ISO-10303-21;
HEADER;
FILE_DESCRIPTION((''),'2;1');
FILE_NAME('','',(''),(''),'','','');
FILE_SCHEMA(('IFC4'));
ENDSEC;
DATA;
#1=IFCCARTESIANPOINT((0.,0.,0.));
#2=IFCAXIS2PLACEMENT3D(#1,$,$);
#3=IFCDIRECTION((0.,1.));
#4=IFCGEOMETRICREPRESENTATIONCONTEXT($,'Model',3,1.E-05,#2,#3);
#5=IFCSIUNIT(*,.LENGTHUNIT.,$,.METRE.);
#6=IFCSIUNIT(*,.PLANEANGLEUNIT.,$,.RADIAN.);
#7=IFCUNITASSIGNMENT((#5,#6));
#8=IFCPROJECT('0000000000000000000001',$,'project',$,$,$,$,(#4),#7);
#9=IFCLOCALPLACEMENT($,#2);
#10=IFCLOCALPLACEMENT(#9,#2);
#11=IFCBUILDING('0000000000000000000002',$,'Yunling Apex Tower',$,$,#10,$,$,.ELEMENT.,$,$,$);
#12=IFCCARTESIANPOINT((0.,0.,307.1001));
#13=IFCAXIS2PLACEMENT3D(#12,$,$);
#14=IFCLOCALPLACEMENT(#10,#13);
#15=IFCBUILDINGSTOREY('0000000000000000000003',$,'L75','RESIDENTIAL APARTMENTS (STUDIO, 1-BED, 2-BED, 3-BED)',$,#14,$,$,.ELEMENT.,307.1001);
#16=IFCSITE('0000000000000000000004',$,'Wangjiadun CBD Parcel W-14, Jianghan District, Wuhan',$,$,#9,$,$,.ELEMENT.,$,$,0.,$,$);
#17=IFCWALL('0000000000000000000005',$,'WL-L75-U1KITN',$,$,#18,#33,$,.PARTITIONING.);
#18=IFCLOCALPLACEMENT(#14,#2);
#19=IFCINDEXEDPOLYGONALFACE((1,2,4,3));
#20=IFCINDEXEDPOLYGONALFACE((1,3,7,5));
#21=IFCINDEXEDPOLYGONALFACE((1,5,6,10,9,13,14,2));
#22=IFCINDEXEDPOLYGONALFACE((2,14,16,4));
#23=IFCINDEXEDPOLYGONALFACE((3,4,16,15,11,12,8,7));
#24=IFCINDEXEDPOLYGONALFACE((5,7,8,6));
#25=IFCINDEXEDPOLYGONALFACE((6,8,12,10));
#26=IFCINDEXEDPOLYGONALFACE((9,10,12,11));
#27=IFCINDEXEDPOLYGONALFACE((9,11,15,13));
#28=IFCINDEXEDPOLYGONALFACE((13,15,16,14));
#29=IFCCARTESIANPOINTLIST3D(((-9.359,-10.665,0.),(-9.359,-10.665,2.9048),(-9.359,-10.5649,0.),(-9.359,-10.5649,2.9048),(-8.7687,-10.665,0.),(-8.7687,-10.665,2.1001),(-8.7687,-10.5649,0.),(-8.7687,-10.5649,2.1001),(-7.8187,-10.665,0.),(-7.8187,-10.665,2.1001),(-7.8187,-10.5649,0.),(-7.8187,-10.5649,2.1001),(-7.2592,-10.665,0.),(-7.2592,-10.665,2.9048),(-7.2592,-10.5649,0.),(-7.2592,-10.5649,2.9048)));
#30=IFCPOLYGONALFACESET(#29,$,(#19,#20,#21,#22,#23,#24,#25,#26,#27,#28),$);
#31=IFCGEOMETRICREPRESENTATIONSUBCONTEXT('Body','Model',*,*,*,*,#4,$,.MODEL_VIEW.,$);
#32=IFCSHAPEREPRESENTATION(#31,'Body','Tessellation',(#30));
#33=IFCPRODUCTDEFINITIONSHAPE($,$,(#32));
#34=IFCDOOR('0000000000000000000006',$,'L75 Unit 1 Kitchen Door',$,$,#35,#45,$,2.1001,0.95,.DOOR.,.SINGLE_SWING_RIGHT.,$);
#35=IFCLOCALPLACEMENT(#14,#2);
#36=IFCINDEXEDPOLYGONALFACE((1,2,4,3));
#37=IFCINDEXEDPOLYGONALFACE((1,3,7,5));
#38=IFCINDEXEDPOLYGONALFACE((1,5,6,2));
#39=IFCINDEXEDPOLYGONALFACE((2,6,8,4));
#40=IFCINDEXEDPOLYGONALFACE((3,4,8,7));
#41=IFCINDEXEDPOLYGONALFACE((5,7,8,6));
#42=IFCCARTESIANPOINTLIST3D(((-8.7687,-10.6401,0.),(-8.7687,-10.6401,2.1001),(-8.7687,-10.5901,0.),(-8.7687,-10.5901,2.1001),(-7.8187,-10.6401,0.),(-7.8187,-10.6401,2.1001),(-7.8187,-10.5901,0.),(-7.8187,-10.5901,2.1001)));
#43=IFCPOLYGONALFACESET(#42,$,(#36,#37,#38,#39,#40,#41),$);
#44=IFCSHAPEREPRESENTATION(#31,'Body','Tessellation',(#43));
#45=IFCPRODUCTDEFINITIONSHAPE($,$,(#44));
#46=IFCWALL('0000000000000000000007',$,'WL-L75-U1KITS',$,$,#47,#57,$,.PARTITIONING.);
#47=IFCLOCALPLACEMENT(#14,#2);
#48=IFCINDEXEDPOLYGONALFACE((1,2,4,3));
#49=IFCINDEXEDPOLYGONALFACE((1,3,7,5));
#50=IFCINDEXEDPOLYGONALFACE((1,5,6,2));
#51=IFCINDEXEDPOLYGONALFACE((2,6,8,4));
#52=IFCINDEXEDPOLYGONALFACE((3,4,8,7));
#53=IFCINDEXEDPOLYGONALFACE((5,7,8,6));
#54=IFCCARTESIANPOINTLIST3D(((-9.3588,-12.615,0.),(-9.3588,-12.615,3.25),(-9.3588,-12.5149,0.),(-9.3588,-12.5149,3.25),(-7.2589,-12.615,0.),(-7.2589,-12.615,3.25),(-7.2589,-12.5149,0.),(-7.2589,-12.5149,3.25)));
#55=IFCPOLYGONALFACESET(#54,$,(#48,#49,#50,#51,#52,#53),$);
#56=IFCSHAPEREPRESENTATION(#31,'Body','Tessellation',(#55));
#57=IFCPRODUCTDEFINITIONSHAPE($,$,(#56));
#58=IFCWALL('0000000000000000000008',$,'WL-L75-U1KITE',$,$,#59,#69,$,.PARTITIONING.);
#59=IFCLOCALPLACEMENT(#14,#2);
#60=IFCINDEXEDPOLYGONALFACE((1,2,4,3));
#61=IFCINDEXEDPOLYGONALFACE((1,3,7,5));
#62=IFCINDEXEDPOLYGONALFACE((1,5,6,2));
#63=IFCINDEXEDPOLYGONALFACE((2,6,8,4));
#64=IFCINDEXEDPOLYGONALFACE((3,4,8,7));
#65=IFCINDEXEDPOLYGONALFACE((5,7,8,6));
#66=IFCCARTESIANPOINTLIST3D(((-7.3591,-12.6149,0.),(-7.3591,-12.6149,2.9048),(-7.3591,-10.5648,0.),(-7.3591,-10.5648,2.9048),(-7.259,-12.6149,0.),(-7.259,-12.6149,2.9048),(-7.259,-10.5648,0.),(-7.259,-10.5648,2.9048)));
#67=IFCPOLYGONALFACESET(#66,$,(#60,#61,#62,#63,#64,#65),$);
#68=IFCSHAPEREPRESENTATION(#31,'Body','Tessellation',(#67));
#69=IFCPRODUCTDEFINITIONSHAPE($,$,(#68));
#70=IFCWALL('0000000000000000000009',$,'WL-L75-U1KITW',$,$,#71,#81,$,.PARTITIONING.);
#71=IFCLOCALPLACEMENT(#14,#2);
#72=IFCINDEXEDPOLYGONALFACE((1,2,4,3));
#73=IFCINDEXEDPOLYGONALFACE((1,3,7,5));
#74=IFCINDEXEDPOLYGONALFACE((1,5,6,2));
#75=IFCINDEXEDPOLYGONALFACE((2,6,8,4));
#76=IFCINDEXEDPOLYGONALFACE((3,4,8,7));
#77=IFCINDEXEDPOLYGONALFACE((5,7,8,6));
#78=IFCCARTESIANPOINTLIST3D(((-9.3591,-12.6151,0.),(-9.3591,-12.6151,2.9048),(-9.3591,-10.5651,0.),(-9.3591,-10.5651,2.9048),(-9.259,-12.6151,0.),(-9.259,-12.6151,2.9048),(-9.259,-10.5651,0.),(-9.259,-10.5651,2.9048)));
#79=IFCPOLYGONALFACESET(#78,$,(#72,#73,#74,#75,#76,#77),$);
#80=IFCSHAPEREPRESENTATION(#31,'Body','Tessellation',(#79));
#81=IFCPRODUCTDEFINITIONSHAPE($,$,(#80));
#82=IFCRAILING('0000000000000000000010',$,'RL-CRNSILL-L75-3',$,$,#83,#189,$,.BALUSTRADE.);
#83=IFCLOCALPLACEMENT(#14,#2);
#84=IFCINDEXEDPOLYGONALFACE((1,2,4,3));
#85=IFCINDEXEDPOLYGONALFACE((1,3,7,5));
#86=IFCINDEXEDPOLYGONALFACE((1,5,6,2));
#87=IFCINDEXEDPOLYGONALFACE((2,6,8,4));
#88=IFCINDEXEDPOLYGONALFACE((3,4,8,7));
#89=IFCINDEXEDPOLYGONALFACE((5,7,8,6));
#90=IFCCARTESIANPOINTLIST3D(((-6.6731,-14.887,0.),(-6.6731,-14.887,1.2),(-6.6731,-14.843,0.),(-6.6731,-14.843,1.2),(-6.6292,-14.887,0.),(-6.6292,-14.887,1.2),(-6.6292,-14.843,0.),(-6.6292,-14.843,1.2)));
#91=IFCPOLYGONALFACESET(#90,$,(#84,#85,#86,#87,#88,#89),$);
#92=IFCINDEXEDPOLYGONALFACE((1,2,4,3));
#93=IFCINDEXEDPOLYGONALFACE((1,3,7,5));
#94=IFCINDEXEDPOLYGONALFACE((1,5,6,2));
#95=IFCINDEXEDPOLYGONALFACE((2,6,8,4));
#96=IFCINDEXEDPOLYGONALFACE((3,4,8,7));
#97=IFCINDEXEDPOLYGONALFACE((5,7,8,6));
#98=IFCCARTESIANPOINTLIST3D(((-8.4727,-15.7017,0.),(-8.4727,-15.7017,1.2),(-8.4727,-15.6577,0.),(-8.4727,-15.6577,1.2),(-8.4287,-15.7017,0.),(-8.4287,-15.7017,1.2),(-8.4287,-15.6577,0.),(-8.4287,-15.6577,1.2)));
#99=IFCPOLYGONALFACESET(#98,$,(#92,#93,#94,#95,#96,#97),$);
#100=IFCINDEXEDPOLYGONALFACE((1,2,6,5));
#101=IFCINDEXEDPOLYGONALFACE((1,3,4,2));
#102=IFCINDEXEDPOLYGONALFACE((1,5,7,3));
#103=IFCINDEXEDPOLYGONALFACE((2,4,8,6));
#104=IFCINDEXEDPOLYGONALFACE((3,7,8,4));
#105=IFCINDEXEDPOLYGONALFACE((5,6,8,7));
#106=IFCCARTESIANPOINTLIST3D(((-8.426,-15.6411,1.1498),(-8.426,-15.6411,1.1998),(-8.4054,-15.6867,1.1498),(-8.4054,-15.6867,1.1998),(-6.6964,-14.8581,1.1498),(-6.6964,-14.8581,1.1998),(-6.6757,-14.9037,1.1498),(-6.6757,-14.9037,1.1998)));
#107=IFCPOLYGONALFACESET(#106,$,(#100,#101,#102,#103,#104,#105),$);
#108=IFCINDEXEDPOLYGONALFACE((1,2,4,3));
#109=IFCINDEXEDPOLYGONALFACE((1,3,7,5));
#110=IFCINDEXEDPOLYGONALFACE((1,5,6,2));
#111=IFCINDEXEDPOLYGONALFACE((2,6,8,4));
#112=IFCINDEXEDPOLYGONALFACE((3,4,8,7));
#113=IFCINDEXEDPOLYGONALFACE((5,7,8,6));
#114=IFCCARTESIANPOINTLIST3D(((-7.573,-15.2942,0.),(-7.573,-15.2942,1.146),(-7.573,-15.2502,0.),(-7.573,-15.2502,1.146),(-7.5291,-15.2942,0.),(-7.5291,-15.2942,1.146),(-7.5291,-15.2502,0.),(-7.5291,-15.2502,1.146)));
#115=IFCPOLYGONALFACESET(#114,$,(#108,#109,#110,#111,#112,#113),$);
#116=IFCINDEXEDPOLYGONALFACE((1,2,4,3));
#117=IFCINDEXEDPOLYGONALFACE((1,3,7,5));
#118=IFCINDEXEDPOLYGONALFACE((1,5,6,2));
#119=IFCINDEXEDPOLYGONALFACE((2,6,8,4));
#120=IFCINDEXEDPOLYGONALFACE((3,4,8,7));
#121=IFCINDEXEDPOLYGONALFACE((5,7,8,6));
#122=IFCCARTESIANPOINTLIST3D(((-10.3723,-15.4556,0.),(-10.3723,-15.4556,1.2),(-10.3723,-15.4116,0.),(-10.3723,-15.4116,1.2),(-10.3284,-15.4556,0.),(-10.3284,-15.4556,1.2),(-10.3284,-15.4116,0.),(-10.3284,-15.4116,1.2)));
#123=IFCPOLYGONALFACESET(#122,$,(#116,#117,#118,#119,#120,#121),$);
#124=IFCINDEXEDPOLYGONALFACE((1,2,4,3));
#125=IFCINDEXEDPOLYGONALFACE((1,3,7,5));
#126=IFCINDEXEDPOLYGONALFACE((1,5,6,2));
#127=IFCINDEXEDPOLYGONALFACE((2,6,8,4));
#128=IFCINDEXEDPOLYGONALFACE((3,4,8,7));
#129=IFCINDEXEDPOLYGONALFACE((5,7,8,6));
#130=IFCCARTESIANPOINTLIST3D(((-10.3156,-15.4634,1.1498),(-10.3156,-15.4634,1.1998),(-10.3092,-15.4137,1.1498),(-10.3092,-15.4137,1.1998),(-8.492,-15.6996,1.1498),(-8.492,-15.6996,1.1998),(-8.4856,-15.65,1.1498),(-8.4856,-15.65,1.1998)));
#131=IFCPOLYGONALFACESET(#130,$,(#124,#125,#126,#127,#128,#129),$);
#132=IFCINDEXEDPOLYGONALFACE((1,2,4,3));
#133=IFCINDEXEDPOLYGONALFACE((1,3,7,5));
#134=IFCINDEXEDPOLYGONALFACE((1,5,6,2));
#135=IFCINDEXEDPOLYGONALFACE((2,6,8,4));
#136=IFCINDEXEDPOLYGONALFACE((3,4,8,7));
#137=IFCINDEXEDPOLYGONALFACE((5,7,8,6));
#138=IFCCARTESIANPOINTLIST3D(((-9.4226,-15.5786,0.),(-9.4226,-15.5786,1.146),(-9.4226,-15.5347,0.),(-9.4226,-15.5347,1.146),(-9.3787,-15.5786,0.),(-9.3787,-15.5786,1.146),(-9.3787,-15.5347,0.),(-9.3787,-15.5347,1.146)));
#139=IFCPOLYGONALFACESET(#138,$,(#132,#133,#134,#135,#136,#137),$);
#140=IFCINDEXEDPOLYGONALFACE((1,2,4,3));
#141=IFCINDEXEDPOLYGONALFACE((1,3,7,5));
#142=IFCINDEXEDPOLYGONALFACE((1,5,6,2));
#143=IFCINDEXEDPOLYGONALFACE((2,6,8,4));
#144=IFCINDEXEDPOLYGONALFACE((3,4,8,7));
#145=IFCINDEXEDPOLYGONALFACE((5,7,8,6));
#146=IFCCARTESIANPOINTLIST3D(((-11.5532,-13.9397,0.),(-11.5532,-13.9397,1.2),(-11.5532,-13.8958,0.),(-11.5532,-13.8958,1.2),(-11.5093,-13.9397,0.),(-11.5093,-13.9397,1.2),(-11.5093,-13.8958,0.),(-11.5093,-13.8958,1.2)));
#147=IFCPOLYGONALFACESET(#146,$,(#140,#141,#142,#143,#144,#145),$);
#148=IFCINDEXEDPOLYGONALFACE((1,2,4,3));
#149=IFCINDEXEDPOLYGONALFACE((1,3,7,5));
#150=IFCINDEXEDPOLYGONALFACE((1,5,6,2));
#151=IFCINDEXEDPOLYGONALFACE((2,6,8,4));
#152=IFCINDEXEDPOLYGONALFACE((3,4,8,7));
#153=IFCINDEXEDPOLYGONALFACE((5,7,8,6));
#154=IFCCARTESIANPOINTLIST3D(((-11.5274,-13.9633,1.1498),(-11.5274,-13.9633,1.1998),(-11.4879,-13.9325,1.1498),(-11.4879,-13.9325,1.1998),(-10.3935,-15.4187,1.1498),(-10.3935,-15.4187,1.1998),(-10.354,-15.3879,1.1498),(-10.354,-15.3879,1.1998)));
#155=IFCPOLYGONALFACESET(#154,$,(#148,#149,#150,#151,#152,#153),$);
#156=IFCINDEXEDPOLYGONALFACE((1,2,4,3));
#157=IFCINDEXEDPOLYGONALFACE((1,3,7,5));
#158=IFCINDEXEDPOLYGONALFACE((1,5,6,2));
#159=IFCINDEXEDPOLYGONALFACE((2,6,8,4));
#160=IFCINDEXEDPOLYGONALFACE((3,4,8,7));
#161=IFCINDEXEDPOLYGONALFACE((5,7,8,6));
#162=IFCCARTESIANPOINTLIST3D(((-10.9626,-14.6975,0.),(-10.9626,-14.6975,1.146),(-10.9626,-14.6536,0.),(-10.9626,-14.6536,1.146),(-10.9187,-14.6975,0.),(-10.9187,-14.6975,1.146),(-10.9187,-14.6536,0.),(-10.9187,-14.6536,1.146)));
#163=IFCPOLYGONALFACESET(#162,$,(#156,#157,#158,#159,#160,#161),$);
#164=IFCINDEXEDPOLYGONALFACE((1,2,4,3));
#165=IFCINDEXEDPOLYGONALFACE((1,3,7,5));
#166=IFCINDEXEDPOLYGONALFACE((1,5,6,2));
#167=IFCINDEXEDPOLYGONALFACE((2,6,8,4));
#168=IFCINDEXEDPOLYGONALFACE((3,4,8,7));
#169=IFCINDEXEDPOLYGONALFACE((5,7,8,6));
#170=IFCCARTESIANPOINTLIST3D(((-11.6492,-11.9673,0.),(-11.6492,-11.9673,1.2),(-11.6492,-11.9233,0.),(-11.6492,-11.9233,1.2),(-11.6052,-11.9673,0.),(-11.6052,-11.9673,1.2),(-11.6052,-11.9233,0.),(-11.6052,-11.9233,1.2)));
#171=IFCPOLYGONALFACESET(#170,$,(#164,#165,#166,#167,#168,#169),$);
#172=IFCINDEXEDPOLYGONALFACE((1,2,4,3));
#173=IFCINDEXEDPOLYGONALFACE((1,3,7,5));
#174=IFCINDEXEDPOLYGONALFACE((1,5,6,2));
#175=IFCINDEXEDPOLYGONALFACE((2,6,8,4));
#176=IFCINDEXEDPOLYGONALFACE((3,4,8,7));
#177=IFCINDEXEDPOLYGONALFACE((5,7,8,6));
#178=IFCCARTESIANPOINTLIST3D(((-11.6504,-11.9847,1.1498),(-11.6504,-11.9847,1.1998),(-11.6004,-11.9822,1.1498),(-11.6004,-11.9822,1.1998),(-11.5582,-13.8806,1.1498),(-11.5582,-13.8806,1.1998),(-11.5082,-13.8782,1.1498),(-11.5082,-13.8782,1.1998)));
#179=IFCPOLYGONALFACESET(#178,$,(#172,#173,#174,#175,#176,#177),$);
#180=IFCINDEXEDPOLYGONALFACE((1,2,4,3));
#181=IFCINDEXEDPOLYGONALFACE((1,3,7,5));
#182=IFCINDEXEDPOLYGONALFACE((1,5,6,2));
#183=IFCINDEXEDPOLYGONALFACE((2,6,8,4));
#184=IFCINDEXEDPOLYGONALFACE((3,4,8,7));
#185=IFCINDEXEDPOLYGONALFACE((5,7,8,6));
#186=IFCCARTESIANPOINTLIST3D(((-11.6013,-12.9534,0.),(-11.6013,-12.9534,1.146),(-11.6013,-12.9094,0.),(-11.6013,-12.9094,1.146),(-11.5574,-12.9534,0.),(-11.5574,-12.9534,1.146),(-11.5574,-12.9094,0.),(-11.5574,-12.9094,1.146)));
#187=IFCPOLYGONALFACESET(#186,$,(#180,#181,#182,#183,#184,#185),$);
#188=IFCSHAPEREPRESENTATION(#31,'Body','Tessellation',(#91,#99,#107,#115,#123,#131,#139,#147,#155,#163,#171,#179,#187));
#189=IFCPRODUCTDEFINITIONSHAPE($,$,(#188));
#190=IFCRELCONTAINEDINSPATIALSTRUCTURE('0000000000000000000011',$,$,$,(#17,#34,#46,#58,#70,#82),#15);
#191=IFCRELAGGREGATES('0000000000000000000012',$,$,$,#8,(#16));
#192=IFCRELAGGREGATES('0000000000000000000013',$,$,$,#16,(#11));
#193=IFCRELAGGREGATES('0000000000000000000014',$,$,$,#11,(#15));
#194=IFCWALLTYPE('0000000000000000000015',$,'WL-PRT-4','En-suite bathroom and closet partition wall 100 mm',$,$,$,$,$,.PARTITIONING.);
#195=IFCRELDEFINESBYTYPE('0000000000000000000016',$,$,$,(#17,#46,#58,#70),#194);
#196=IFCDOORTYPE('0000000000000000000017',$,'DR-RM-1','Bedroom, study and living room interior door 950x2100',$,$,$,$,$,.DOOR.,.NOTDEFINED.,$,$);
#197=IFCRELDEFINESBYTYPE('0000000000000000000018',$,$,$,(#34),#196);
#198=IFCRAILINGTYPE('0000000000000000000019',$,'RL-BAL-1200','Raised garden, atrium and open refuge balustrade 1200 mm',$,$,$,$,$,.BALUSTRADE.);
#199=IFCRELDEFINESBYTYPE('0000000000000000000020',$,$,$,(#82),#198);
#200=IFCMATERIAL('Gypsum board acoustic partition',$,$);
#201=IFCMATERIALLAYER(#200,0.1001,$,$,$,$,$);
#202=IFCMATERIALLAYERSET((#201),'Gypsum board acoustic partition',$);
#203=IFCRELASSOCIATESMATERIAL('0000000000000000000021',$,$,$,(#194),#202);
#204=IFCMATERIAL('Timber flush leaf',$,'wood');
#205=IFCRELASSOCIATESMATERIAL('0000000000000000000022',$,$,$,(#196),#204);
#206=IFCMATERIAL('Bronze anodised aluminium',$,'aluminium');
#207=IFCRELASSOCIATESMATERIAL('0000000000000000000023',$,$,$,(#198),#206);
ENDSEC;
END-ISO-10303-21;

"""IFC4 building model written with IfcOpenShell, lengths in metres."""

from ifc_helpers import new_model, si_unit, direction, frame, frame_2d, origin, origin_2d, place, context, subcontext, project, spatial, rectangle, extrude, material, layer, layer_set, type_object, element, fill, save


model = new_model("IFC4")

# Units and contexts
model_context = context("Model", 3, precision=1e-05, world=origin(), true_north=direction((0.0, 1.0)))
body_context = subcontext(model_context, "Body", "Model", "MODEL_VIEW")
ifc_project = project(units=[si_unit("LENGTHUNIT", "METRE"), si_unit("PLANEANGLEUNIT", "RADIAN")], contexts=[model_context])

# Site, building, storey
site_placement = place(None, origin())
site = spatial("IfcSite", under=ifc_project, at=site_placement, Name="Wangjiadun CBD Parcel W-14, Jianghan District, Wuhan", CompositionType="ELEMENT", RefElevation=0.0)
building_placement = place(site_placement, origin())
building = spatial("IfcBuilding", under=site, at=building_placement, Name="Yunling Apex Tower", CompositionType="ELEMENT")
storey_placement = place(building_placement, frame((0.0, 0.0, 307.1001)))
storey = spatial("IfcBuildingStorey", under=building, at=storey_placement, Name="L75", Description="RESIDENTIAL APARTMENTS (STUDIO, 1-BED, 2-BED, 3-BED)", CompositionType="ELEMENT", Elevation=307.1001)

# Shared definitions
ifc_material_1 = material(Name="Bronze anodised aluminium", Category="aluminium")

# Shared definitions
ifc_material_2 = material(Name="Gypsum board acoustic partition")
ifc_layer_1 = layer(ifc_material_2, 0.1001)
ifc_layer_set_1 = layer_set([ifc_layer_1], Name="Gypsum board acoustic partition")
wall_type = type_object("IfcWallType", Name="WL-PRT-4", Description="En-suite bathroom and closet partition wall 100 mm", PredefinedType="PARTITIONING", material=ifc_layer_set_1)

# Wall, opening, door
wall_1_placement = place(storey_placement, frame((-9.3589, -10.615, 0.0), z_axis=(0.0, 0.0, 1.0), x_axis=(1.0, 0.0, 0.0)))
wall_1 = element("IfcWall", 1, at=wall_1_placement, inside=storey, type_object=wall_type, Name="WL-L75-U1KITN", PredefinedType="PARTITIONING", context=body_context, shape_type="SweptSolid", body=[
    extrude(rectangle(XDim=2.0999, YDim=0.1001, at=frame_2d((1.0498, 0.0))), origin(), (0.0, 0.0, 1.0), 2.9048),
])
opening_1_placement = place(wall_1_placement, frame((0.5901, 0.0, 0.0)))
opening_1 = element("IfcOpeningElement", 2, at=opening_1_placement, cuts=wall_1, PredefinedType="OPENING", context=body_context, shape_type="SweptSolid", body=[
    extrude(rectangle(XDim=0.95, YDim=2.1001, at=frame_2d((0.4751, 1.05))), frame((0.0, 0.0601, 0.0), z_axis=(0.0, -1.0, 0.0), x_axis=(1.0, 0.0, 0.0)), (0.0, 0.0, 1.0), 0.1201),
])
ifc_material_3 = material(Name="Timber flush leaf", Category="wood")
door_type_1 = type_object("IfcDoorType", Name="DR-RM-1", Description="Bedroom, study and living room interior door 950x2100", OperationType="NOTDEFINED", PredefinedType="DOOR", material=ifc_material_3)
door_1_placement = place(opening_1_placement, origin())
door_1 = element("IfcDoor", 3, at=door_1_placement, inside=storey, type_object=door_type_1, Name="L75 Unit 1 Kitchen Door", OperationType="SINGLE_SWING_RIGHT", OverallHeight=2.1001, OverallWidth=0.95, PredefinedType="DOOR", context=body_context, shape_type="SweptSolid", body=[
    extrude(rectangle(XDim=0.95, YDim=2.1001, at=frame_2d((0.4751, 1.05))), frame((0.0, 0.0249, 0.0), z_axis=(0.0, -1.0, 0.0), x_axis=(1.0, 0.0, 0.0)), (0.0, 0.0, 1.0), 0.05),
])
fill(opening_1, door_1)

# Walls
wall_2_placement = place(storey_placement, frame((-7.259, -12.5649, 0.0), z_axis=(0.0, 0.0, 1.0), x_axis=(-1.0, 0.0, 0.0)))
element("IfcWall", 4, at=wall_2_placement, inside=storey, type_object=wall_type, Name="WL-L75-U1KITS", PredefinedType="PARTITIONING", context=body_context, shape_type="SweptSolid", body=[
    extrude(rectangle(XDim=2.0999, YDim=0.1001, at=frame_2d((1.0498, 0.0))), origin(), (0.0, 0.0, 1.0), 3.25),
])
for number, where, z_axis, x_axis, name in (
    (5, (-7.3091, -10.5649, 0.0), (0.0, 0.0, 1.0), (0.0, -1.0, 0.0), "WL-L75-U1KITE"),
    (6, (-9.3091, -12.615, 0.0), (0.0, 0.0, 1.0), (0.0, 1.0, 0.0), "WL-L75-U1KITW"),
):
    element("IfcWall", number, at=place(storey_placement, frame(where, z_axis=z_axis, x_axis=x_axis)), inside=storey, type_object=wall_type, Name=name, PredefinedType="PARTITIONING", context=body_context, shape_type="SweptSolid", body=[
        extrude(rectangle(XDim=2.05, YDim=0.1001, at=frame_2d((1.0249, 0.0))), origin(), (0.0, 0.0, 1.0), 2.9048),
    ])

# Railing
railing_type = type_object("IfcRailingType", Name="RL-BAL-1200", Description="Raised garden, atrium and open refuge balustrade 1200 mm", PredefinedType="BALUSTRADE", material=ifc_material_1)
railing_placement = place(storey_placement, frame((-6.6511, -14.865, 0.0)))
element("IfcRailing", 7, at=railing_placement, inside=storey, type_object=railing_type, Name="RL-CRNSILL-L75-3", PredefinedType="BALUSTRADE", context=body_context, shape_type="SweptSolid", body=[
    extrude(rectangle(XDim=0.0439, YDim=0.0439, at=origin_2d()), origin(), (0.0, 0.0, 1.0), 1.2),
    extrude(rectangle(XDim=0.0439, YDim=0.0439, at=origin_2d()), frame((-1.7996, -0.8147, 0.0)), (0.0, 0.0, 1.0), 1.2),
    extrude(rectangle(XDim=0.05, YDim=0.05, at=origin_2d()), frame((-0.0349, -0.0159, 1.1748), z_axis=(-0.910992, -0.412424, 0.0), x_axis=(0.412424, -0.910992, 0.0)), (0.0, 0.0, 1.0), 1.8987),
    extrude(rectangle(XDim=0.0439, YDim=0.0439, at=origin_2d()), frame((-0.8999, -0.4072, 0.0)), (0.0, 0.0, 1.0), 1.146),
    extrude(rectangle(XDim=0.0439, YDim=0.0439, at=origin_2d()), frame((-3.6992, -0.5686, 0.0)), (0.0, 0.0, 1.0), 1.2),
    extrude(rectangle(XDim=0.05, YDim=0.05, at=origin_2d()), frame((-1.8376, -0.8098, 1.1748), z_axis=(-0.991713, 0.128473, 0.0), x_axis=(-0.128473, -0.991713, 0.0)), (0.0, 0.0, 1.0), 1.8389),
    extrude(rectangle(XDim=0.0439, YDim=0.0439, at=origin_2d()), frame((-2.7495, -0.6917, 0.0)), (0.0, 0.0, 1.0), 1.146),
    extrude(rectangle(XDim=0.0439, YDim=0.0439, at=origin_2d()), frame((-4.8801, 0.9473, 0.0)), (0.0, 0.0, 1.0), 1.2),
    extrude(rectangle(XDim=0.05, YDim=0.05, at=origin_2d()), frame((-3.7227, -0.5383, 1.1748), z_axis=(-0.614556, 0.788873, 0.0), x_axis=(-0.788873, -0.614556, 0.0)), (0.0, 0.0, 1.0), 1.845),
    extrude(rectangle(XDim=0.0439, YDim=0.0439, at=origin_2d()), frame((-4.2896, 0.1895, 0.0)), (0.0, 0.0, 1.0), 1.146),
    extrude(rectangle(XDim=0.0439, YDim=0.0439, at=origin_2d()), frame((-4.9761, 2.9197, 0.0)), (0.0, 0.0, 1.0), 1.2),
    extrude(rectangle(XDim=0.05, YDim=0.05, at=origin_2d()), frame((-4.8821, 0.9856, 1.1748), z_axis=(-0.048587, 0.998819, 0.0), x_axis=(-0.998819, -0.048587, 0.0)), (0.0, 0.0, 1.0), 1.8982),
    extrude(rectangle(XDim=0.0439, YDim=0.0439, at=origin_2d()), frame((-4.9282, 1.9336, 0.0)), (0.0, 0.0, 1.0), 1.146),
])

save(model, "model.ifc")
